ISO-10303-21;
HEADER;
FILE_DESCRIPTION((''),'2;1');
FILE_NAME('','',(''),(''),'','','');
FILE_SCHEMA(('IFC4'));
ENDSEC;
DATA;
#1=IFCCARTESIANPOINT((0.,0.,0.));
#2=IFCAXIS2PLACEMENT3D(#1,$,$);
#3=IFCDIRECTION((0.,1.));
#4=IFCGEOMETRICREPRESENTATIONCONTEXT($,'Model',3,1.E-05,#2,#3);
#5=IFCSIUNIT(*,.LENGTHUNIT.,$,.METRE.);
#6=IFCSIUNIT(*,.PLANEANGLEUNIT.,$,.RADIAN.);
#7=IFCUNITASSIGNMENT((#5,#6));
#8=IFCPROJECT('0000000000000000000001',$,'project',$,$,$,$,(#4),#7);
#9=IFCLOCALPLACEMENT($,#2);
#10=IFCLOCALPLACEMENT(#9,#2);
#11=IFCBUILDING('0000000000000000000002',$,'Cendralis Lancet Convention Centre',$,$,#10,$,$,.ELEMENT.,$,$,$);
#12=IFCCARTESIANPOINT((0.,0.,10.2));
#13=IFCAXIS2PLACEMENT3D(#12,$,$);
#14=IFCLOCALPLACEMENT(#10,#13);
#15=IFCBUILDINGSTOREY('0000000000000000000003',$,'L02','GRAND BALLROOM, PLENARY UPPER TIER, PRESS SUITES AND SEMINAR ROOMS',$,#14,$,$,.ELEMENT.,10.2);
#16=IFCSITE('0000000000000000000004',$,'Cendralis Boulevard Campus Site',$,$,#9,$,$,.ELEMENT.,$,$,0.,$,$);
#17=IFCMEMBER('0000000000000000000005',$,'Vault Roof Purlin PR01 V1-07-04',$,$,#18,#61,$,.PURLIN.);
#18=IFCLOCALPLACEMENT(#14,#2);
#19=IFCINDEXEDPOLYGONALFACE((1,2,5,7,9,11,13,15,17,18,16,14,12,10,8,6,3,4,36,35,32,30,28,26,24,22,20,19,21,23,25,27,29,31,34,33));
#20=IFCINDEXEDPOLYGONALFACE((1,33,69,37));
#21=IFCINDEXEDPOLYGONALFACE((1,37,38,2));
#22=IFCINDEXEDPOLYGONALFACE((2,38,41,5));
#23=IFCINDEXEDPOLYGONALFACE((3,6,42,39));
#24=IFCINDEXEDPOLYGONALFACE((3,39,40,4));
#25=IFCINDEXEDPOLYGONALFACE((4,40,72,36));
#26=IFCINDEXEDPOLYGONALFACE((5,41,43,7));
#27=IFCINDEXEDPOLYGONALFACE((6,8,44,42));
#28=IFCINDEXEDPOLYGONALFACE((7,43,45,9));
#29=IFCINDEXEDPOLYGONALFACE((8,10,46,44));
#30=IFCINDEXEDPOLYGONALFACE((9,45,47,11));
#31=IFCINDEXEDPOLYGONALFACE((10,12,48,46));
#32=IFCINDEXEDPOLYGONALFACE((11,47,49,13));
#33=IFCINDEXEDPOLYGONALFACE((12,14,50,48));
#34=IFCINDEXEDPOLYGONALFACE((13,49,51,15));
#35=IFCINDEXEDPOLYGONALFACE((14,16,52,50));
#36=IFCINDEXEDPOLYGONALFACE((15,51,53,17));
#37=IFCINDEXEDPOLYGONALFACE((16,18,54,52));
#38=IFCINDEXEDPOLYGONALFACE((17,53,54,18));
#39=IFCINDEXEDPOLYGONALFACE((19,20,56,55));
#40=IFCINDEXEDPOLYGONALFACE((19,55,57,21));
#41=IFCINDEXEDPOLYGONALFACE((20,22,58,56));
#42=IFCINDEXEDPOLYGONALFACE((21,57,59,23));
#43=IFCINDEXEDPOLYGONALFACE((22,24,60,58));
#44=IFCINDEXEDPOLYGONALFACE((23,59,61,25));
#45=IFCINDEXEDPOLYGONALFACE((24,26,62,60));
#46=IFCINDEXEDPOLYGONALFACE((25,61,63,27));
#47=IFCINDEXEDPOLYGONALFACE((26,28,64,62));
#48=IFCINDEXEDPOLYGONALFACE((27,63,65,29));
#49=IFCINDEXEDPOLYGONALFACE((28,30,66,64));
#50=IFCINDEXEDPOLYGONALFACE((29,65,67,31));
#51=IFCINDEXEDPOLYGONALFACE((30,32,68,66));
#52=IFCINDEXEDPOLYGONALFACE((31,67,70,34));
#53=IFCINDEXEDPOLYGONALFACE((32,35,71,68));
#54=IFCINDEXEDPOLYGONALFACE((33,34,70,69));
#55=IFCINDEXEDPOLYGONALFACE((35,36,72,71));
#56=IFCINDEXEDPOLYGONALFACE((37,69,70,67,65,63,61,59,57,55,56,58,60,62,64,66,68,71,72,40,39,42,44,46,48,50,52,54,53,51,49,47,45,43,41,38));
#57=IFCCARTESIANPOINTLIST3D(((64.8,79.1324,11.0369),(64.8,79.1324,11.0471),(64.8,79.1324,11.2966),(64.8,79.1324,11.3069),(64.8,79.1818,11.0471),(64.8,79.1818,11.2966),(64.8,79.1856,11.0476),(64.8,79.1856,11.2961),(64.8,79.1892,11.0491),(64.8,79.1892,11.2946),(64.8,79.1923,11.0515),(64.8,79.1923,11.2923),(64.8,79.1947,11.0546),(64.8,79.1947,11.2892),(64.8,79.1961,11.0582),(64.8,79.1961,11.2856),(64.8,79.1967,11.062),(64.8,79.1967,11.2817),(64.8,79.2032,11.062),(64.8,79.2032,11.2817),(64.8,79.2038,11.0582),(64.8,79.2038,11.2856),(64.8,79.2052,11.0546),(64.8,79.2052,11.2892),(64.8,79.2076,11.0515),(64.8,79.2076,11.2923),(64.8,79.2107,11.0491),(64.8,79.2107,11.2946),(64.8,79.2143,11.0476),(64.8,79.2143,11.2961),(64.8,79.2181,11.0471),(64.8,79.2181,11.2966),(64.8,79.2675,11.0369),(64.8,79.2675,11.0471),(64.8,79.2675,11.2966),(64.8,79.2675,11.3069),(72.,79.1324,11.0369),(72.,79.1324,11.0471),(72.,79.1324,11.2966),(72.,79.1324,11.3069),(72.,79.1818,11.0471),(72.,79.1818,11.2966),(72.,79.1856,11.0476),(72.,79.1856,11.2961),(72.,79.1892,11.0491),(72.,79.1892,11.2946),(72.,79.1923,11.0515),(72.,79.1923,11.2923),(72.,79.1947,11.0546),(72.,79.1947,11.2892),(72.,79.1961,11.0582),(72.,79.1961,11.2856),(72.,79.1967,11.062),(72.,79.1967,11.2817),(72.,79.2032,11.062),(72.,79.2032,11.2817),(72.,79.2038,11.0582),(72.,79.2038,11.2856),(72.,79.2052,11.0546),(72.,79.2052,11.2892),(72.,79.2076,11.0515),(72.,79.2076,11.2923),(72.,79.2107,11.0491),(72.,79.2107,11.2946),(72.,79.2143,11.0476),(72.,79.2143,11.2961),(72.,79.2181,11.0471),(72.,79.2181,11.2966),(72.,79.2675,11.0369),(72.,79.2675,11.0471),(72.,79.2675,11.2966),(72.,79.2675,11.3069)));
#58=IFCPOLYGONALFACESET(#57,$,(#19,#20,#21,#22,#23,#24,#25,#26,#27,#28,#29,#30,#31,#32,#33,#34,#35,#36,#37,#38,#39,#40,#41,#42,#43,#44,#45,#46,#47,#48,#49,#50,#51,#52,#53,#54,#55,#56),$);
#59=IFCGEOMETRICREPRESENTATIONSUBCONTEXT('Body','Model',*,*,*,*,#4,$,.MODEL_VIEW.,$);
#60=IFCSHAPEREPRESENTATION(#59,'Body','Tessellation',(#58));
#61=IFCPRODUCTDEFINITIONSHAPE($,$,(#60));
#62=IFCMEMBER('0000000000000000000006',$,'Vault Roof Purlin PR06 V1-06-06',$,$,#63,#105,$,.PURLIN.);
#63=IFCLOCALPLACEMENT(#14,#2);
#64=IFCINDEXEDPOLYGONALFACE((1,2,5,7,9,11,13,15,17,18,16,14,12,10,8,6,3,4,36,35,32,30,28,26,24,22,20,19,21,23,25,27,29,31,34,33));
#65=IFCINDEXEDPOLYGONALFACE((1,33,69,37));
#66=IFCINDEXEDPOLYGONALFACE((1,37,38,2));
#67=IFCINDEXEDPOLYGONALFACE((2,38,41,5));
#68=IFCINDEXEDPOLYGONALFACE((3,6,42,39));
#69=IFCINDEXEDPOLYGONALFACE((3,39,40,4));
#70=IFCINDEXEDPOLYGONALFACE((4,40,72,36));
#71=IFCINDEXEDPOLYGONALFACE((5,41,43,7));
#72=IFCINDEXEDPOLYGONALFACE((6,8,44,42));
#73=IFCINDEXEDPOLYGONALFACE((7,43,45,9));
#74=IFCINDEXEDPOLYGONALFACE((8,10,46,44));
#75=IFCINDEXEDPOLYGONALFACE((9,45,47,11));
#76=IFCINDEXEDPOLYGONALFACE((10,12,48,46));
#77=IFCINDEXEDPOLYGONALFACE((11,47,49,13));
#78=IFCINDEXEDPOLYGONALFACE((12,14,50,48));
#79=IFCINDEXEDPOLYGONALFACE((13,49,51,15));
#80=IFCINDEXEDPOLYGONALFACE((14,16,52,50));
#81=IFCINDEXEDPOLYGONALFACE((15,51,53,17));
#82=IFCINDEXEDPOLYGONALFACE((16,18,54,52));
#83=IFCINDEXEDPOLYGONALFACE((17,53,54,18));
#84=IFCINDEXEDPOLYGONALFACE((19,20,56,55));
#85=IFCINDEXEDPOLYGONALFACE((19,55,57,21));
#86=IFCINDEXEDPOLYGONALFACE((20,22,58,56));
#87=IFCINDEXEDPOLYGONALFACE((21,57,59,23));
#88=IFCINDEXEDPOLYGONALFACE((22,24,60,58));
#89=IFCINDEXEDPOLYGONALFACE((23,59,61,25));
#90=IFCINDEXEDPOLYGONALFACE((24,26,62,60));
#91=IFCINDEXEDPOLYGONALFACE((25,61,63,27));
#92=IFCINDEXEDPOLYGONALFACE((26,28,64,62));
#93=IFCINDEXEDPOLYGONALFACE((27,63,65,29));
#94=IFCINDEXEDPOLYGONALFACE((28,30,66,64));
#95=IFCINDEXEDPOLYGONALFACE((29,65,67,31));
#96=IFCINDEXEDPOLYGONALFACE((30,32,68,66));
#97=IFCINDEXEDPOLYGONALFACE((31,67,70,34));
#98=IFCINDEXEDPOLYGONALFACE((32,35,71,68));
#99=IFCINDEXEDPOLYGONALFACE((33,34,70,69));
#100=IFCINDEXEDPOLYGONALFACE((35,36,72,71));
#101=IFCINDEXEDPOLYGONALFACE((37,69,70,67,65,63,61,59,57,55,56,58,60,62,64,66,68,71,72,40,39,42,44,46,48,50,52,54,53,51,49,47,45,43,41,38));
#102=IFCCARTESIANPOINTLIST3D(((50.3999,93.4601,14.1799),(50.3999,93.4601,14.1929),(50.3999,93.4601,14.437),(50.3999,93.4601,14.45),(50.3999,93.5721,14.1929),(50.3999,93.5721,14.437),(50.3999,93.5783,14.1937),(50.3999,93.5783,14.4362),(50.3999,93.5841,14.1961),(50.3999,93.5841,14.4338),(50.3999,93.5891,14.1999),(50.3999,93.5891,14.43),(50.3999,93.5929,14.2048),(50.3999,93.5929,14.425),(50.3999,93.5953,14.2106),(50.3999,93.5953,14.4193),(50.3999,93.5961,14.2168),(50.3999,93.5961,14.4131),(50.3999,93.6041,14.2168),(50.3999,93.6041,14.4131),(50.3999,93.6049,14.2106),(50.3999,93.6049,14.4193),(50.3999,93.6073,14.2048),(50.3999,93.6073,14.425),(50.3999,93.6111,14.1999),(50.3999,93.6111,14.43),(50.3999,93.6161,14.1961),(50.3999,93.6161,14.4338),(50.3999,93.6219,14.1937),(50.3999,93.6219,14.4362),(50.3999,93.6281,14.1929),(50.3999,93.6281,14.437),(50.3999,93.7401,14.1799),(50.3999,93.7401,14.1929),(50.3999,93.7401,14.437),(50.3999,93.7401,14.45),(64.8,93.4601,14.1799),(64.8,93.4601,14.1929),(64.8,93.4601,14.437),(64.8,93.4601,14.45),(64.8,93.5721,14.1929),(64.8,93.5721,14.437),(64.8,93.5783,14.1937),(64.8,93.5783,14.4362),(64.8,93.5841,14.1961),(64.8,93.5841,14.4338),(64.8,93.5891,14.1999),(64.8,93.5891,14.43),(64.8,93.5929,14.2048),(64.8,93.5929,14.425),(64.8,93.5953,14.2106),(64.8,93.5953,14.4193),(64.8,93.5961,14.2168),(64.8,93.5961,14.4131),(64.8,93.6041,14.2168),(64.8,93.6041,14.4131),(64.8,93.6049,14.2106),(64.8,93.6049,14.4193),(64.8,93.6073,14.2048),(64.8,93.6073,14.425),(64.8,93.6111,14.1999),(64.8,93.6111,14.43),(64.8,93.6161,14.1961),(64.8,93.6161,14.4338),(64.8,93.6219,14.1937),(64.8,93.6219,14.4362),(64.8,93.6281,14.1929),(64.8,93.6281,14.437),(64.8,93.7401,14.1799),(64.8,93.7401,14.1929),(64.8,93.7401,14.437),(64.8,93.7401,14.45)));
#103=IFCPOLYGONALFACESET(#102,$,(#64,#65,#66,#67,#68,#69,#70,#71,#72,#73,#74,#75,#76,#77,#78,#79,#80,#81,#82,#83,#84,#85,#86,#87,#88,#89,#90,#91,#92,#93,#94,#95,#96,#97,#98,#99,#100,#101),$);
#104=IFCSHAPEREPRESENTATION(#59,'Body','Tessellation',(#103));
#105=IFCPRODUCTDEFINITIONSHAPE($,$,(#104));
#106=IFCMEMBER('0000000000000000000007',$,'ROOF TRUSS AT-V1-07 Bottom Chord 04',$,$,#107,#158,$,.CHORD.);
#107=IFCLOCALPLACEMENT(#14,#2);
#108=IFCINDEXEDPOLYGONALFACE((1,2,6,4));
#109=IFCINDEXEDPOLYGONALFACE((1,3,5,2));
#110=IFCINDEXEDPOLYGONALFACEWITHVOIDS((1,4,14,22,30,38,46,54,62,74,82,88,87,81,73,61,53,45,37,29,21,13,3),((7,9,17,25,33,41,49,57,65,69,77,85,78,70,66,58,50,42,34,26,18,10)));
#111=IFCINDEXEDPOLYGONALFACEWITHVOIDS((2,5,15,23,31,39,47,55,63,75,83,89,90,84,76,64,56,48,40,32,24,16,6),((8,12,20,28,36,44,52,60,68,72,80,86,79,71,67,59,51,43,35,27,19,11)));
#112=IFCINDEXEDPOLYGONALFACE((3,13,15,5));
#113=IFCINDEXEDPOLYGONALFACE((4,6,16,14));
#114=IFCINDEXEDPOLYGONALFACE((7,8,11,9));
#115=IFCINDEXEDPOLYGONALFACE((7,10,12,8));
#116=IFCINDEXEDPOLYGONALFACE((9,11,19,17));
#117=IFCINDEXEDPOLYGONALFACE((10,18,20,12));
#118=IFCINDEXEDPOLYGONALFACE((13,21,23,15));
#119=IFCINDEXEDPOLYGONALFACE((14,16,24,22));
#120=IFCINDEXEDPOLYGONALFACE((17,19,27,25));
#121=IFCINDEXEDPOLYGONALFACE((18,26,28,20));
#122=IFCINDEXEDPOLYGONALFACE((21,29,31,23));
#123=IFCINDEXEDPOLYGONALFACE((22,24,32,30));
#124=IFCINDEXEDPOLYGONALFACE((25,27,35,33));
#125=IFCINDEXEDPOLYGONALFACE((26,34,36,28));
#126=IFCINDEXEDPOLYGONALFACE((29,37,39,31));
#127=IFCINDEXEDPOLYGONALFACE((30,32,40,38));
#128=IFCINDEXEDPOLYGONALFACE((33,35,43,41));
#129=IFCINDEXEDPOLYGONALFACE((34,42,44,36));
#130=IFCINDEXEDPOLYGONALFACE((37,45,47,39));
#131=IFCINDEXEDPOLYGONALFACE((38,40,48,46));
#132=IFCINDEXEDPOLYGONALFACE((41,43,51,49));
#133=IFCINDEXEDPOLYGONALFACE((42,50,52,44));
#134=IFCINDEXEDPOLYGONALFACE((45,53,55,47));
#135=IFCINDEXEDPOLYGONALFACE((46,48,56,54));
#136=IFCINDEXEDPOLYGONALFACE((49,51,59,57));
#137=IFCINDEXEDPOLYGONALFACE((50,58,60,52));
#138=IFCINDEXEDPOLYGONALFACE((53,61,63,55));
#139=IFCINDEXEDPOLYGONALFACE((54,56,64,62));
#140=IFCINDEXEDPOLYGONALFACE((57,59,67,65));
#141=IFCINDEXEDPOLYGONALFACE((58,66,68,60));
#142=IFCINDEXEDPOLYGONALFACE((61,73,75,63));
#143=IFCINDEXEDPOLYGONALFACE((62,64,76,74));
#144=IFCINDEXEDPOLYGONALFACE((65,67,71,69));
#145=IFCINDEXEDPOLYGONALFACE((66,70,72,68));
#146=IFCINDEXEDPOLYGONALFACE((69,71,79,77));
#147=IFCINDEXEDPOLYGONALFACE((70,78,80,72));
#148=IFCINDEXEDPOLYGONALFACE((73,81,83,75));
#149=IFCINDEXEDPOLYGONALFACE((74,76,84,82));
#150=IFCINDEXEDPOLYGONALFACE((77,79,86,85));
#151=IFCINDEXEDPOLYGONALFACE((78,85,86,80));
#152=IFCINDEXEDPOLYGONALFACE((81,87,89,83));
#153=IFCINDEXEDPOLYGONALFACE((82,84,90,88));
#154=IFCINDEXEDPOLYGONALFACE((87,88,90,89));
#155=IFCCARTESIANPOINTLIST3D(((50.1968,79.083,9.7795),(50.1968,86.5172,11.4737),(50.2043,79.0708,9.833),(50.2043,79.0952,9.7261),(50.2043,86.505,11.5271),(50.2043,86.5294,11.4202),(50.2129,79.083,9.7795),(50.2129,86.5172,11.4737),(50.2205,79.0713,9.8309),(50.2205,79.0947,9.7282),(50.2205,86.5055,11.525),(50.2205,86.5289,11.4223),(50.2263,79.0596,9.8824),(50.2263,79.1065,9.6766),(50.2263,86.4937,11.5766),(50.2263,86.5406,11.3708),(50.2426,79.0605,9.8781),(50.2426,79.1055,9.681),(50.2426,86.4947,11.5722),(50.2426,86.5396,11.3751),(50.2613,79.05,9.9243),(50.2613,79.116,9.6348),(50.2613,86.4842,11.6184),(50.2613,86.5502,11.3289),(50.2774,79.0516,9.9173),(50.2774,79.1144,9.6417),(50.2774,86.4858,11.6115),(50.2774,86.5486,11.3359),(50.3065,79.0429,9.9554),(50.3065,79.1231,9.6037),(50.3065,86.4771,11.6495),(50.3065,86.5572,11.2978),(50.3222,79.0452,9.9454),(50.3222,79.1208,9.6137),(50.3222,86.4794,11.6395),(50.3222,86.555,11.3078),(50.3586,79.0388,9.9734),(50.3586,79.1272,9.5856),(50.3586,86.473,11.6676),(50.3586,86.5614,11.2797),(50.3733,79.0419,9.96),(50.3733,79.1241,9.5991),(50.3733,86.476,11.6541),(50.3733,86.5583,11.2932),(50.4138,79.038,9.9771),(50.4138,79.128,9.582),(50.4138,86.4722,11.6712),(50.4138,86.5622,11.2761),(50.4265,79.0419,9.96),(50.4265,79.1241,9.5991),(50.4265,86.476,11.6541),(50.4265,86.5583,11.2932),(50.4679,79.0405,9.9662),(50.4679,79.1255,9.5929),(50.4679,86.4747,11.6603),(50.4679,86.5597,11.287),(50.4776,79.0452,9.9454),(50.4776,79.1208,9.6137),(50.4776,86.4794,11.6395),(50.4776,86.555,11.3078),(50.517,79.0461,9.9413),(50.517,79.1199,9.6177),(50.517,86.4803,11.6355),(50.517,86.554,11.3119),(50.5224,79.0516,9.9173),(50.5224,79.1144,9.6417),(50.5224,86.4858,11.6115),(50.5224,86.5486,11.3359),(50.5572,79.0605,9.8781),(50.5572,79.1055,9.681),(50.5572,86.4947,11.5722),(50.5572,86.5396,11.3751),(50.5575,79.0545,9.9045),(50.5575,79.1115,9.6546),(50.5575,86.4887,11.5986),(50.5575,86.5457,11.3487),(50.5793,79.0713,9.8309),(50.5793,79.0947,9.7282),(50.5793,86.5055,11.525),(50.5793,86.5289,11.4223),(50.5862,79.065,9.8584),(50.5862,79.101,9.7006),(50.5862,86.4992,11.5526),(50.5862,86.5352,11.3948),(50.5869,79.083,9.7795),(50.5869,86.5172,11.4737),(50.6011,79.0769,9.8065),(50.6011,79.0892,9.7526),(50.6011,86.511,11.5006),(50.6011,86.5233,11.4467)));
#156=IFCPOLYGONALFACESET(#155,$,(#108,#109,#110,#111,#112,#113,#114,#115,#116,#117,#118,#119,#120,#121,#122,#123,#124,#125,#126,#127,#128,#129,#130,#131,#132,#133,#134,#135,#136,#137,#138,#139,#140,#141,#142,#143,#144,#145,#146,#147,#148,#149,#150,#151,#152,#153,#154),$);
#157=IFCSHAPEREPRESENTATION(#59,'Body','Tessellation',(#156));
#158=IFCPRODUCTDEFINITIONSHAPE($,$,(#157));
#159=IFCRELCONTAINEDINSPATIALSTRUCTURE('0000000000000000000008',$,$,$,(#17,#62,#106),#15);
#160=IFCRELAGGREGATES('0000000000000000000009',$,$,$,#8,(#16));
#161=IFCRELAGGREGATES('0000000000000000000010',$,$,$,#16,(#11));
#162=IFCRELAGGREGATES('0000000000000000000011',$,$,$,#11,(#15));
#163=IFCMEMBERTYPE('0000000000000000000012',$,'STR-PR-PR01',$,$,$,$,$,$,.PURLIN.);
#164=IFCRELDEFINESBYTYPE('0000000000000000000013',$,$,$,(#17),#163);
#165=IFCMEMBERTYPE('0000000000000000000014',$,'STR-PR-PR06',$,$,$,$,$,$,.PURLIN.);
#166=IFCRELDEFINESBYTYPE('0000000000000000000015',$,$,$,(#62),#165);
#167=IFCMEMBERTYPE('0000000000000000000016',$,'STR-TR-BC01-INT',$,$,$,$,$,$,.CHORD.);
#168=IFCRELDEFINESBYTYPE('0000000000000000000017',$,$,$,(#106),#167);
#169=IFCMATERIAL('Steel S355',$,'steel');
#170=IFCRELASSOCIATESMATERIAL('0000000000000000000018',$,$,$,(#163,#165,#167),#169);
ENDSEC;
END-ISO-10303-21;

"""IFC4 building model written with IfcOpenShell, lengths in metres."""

from ifc_helpers import new_model, si_unit, direction, frame, origin, origin_2d, place, context, subcontext, project, spatial, hollow_circle, i_section, extrude, material, material_profile, profile_set, type_object, element, save


model = new_model("IFC4")

# Units and contexts
model_context = context("Model", 3, precision=1e-05, world=origin(), true_north=direction((0.0, 1.0)))
body_context = subcontext(model_context, "Body", "Model", "MODEL_VIEW")
ifc_project = project(units=[si_unit("LENGTHUNIT", "METRE"), si_unit("PLANEANGLEUNIT", "RADIAN")], contexts=[model_context])

# Site, building, storey
site_placement = place(None, origin())
site = spatial("IfcSite", under=ifc_project, at=site_placement, Name="Cendralis Boulevard Campus Site", CompositionType="ELEMENT", RefElevation=0.0)
building_placement = place(site_placement, origin())
building = spatial("IfcBuilding", under=site, at=building_placement, Name="Cendralis Lancet Convention Centre", CompositionType="ELEMENT")
storey_placement = place(building_placement, frame((0.0, 0.0, 10.2)))
storey = spatial("IfcBuildingStorey", under=building, at=storey_placement, Name="L02", Description="GRAND BALLROOM, PLENARY UPPER TIER, PRESS SUITES AND SEMINAR ROOMS", CompositionType="ELEMENT", Elevation=10.2)

# Members
ifc_material = material(Name="Steel S355", Category="steel")
ifc_material_profile_1 = material_profile(ifc_material, i_section(OverallWidth=0.135, OverallDepth=0.27, WebThickness=0.0066, FlangeThickness=0.0103, FilletRadius=0.0149, at=origin_2d()), Name="IPE 270")
ifc_profile_set_1 = profile_set([ifc_material_profile_1], Name="Steel S355")
member_type_1 = type_object("IfcMemberType", Name="STR-PR-PR01", PredefinedType="PURLIN", material=ifc_profile_set_1)
member_1_placement = place(storey_placement, frame((64.8, 79.2, 11.1719), z_axis=(1.0, 0.0, 0.0), x_axis=(0.0, 1.0, 0.0)))
element("IfcMember", 1, at=member_1_placement, inside=storey, type_object=member_type_1, Name="Vault Roof Purlin PR01 V1-07-04", PredefinedType="PURLIN", context=body_context, shape_type="SweptSolid", body=[
    extrude(i_section(OverallWidth=0.135, OverallDepth=0.27, WebThickness=0.0066, FlangeThickness=0.0103, FilletRadius=0.0149, at=origin_2d()), origin(), (0.0, 0.0, 1.0), 7.2),
])
ifc_material_profile_2 = material_profile(ifc_material, i_section(OverallWidth=0.28, OverallDepth=0.27, WebThickness=0.0081, FlangeThickness=0.0129, FilletRadius=0.0239, at=origin_2d()), Name="HEA 280")
ifc_profile_set_2 = profile_set([ifc_material_profile_2], Name="Steel S355")
member_type_2 = type_object("IfcMemberType", Name="STR-PR-PR06", PredefinedType="PURLIN", material=ifc_profile_set_2)
member_2_placement = place(storey_placement, frame((50.3999, 93.6001, 14.3149), z_axis=(1.0, 0.0, 0.0), x_axis=(0.0, 1.0, 0.0)))
element("IfcMember", 2, at=member_2_placement, inside=storey, type_object=member_type_2, Name="Vault Roof Purlin PR06 V1-06-06", PredefinedType="PURLIN", context=body_context, shape_type="SweptSolid", body=[
    extrude(i_section(OverallWidth=0.28, OverallDepth=0.27, WebThickness=0.0081, FlangeThickness=0.0129, FilletRadius=0.0239, at=origin_2d()), origin(), (0.0, 0.0, 1.0), 14.4001),
])
ifc_material_profile_3 = material_profile(ifc_material, hollow_circle(Radius=0.2031, WallThickness=0.0161, at=origin_2d()), Name="CHS 406.4x16.0")
ifc_profile_set_3 = profile_set([ifc_material_profile_3], Name="Steel S355")
member_type_3 = type_object("IfcMemberType", Name="STR-TR-BC01-INT", PredefinedType="CHORD", material=ifc_profile_set_3)
member_3_placement = place(storey_placement, frame((50.3999, 79.083, 9.7795), z_axis=(0.0, 0.975004, 0.222186), x_axis=(-1.0, 0.0, 0.0)))
element("IfcMember", 3, at=member_3_placement, inside=storey, type_object=member_type_3, Name="ROOF TRUSS AT-V1-07 Bottom Chord 04", PredefinedType="CHORD", context=body_context, shape_type="SweptSolid", body=[
    extrude(hollow_circle(Radius=0.2031, WallThickness=0.0161, at=origin_2d()), origin(), (0.0, 0.0, 1.0), 7.6248),
])

save(model, "model.ifc")
